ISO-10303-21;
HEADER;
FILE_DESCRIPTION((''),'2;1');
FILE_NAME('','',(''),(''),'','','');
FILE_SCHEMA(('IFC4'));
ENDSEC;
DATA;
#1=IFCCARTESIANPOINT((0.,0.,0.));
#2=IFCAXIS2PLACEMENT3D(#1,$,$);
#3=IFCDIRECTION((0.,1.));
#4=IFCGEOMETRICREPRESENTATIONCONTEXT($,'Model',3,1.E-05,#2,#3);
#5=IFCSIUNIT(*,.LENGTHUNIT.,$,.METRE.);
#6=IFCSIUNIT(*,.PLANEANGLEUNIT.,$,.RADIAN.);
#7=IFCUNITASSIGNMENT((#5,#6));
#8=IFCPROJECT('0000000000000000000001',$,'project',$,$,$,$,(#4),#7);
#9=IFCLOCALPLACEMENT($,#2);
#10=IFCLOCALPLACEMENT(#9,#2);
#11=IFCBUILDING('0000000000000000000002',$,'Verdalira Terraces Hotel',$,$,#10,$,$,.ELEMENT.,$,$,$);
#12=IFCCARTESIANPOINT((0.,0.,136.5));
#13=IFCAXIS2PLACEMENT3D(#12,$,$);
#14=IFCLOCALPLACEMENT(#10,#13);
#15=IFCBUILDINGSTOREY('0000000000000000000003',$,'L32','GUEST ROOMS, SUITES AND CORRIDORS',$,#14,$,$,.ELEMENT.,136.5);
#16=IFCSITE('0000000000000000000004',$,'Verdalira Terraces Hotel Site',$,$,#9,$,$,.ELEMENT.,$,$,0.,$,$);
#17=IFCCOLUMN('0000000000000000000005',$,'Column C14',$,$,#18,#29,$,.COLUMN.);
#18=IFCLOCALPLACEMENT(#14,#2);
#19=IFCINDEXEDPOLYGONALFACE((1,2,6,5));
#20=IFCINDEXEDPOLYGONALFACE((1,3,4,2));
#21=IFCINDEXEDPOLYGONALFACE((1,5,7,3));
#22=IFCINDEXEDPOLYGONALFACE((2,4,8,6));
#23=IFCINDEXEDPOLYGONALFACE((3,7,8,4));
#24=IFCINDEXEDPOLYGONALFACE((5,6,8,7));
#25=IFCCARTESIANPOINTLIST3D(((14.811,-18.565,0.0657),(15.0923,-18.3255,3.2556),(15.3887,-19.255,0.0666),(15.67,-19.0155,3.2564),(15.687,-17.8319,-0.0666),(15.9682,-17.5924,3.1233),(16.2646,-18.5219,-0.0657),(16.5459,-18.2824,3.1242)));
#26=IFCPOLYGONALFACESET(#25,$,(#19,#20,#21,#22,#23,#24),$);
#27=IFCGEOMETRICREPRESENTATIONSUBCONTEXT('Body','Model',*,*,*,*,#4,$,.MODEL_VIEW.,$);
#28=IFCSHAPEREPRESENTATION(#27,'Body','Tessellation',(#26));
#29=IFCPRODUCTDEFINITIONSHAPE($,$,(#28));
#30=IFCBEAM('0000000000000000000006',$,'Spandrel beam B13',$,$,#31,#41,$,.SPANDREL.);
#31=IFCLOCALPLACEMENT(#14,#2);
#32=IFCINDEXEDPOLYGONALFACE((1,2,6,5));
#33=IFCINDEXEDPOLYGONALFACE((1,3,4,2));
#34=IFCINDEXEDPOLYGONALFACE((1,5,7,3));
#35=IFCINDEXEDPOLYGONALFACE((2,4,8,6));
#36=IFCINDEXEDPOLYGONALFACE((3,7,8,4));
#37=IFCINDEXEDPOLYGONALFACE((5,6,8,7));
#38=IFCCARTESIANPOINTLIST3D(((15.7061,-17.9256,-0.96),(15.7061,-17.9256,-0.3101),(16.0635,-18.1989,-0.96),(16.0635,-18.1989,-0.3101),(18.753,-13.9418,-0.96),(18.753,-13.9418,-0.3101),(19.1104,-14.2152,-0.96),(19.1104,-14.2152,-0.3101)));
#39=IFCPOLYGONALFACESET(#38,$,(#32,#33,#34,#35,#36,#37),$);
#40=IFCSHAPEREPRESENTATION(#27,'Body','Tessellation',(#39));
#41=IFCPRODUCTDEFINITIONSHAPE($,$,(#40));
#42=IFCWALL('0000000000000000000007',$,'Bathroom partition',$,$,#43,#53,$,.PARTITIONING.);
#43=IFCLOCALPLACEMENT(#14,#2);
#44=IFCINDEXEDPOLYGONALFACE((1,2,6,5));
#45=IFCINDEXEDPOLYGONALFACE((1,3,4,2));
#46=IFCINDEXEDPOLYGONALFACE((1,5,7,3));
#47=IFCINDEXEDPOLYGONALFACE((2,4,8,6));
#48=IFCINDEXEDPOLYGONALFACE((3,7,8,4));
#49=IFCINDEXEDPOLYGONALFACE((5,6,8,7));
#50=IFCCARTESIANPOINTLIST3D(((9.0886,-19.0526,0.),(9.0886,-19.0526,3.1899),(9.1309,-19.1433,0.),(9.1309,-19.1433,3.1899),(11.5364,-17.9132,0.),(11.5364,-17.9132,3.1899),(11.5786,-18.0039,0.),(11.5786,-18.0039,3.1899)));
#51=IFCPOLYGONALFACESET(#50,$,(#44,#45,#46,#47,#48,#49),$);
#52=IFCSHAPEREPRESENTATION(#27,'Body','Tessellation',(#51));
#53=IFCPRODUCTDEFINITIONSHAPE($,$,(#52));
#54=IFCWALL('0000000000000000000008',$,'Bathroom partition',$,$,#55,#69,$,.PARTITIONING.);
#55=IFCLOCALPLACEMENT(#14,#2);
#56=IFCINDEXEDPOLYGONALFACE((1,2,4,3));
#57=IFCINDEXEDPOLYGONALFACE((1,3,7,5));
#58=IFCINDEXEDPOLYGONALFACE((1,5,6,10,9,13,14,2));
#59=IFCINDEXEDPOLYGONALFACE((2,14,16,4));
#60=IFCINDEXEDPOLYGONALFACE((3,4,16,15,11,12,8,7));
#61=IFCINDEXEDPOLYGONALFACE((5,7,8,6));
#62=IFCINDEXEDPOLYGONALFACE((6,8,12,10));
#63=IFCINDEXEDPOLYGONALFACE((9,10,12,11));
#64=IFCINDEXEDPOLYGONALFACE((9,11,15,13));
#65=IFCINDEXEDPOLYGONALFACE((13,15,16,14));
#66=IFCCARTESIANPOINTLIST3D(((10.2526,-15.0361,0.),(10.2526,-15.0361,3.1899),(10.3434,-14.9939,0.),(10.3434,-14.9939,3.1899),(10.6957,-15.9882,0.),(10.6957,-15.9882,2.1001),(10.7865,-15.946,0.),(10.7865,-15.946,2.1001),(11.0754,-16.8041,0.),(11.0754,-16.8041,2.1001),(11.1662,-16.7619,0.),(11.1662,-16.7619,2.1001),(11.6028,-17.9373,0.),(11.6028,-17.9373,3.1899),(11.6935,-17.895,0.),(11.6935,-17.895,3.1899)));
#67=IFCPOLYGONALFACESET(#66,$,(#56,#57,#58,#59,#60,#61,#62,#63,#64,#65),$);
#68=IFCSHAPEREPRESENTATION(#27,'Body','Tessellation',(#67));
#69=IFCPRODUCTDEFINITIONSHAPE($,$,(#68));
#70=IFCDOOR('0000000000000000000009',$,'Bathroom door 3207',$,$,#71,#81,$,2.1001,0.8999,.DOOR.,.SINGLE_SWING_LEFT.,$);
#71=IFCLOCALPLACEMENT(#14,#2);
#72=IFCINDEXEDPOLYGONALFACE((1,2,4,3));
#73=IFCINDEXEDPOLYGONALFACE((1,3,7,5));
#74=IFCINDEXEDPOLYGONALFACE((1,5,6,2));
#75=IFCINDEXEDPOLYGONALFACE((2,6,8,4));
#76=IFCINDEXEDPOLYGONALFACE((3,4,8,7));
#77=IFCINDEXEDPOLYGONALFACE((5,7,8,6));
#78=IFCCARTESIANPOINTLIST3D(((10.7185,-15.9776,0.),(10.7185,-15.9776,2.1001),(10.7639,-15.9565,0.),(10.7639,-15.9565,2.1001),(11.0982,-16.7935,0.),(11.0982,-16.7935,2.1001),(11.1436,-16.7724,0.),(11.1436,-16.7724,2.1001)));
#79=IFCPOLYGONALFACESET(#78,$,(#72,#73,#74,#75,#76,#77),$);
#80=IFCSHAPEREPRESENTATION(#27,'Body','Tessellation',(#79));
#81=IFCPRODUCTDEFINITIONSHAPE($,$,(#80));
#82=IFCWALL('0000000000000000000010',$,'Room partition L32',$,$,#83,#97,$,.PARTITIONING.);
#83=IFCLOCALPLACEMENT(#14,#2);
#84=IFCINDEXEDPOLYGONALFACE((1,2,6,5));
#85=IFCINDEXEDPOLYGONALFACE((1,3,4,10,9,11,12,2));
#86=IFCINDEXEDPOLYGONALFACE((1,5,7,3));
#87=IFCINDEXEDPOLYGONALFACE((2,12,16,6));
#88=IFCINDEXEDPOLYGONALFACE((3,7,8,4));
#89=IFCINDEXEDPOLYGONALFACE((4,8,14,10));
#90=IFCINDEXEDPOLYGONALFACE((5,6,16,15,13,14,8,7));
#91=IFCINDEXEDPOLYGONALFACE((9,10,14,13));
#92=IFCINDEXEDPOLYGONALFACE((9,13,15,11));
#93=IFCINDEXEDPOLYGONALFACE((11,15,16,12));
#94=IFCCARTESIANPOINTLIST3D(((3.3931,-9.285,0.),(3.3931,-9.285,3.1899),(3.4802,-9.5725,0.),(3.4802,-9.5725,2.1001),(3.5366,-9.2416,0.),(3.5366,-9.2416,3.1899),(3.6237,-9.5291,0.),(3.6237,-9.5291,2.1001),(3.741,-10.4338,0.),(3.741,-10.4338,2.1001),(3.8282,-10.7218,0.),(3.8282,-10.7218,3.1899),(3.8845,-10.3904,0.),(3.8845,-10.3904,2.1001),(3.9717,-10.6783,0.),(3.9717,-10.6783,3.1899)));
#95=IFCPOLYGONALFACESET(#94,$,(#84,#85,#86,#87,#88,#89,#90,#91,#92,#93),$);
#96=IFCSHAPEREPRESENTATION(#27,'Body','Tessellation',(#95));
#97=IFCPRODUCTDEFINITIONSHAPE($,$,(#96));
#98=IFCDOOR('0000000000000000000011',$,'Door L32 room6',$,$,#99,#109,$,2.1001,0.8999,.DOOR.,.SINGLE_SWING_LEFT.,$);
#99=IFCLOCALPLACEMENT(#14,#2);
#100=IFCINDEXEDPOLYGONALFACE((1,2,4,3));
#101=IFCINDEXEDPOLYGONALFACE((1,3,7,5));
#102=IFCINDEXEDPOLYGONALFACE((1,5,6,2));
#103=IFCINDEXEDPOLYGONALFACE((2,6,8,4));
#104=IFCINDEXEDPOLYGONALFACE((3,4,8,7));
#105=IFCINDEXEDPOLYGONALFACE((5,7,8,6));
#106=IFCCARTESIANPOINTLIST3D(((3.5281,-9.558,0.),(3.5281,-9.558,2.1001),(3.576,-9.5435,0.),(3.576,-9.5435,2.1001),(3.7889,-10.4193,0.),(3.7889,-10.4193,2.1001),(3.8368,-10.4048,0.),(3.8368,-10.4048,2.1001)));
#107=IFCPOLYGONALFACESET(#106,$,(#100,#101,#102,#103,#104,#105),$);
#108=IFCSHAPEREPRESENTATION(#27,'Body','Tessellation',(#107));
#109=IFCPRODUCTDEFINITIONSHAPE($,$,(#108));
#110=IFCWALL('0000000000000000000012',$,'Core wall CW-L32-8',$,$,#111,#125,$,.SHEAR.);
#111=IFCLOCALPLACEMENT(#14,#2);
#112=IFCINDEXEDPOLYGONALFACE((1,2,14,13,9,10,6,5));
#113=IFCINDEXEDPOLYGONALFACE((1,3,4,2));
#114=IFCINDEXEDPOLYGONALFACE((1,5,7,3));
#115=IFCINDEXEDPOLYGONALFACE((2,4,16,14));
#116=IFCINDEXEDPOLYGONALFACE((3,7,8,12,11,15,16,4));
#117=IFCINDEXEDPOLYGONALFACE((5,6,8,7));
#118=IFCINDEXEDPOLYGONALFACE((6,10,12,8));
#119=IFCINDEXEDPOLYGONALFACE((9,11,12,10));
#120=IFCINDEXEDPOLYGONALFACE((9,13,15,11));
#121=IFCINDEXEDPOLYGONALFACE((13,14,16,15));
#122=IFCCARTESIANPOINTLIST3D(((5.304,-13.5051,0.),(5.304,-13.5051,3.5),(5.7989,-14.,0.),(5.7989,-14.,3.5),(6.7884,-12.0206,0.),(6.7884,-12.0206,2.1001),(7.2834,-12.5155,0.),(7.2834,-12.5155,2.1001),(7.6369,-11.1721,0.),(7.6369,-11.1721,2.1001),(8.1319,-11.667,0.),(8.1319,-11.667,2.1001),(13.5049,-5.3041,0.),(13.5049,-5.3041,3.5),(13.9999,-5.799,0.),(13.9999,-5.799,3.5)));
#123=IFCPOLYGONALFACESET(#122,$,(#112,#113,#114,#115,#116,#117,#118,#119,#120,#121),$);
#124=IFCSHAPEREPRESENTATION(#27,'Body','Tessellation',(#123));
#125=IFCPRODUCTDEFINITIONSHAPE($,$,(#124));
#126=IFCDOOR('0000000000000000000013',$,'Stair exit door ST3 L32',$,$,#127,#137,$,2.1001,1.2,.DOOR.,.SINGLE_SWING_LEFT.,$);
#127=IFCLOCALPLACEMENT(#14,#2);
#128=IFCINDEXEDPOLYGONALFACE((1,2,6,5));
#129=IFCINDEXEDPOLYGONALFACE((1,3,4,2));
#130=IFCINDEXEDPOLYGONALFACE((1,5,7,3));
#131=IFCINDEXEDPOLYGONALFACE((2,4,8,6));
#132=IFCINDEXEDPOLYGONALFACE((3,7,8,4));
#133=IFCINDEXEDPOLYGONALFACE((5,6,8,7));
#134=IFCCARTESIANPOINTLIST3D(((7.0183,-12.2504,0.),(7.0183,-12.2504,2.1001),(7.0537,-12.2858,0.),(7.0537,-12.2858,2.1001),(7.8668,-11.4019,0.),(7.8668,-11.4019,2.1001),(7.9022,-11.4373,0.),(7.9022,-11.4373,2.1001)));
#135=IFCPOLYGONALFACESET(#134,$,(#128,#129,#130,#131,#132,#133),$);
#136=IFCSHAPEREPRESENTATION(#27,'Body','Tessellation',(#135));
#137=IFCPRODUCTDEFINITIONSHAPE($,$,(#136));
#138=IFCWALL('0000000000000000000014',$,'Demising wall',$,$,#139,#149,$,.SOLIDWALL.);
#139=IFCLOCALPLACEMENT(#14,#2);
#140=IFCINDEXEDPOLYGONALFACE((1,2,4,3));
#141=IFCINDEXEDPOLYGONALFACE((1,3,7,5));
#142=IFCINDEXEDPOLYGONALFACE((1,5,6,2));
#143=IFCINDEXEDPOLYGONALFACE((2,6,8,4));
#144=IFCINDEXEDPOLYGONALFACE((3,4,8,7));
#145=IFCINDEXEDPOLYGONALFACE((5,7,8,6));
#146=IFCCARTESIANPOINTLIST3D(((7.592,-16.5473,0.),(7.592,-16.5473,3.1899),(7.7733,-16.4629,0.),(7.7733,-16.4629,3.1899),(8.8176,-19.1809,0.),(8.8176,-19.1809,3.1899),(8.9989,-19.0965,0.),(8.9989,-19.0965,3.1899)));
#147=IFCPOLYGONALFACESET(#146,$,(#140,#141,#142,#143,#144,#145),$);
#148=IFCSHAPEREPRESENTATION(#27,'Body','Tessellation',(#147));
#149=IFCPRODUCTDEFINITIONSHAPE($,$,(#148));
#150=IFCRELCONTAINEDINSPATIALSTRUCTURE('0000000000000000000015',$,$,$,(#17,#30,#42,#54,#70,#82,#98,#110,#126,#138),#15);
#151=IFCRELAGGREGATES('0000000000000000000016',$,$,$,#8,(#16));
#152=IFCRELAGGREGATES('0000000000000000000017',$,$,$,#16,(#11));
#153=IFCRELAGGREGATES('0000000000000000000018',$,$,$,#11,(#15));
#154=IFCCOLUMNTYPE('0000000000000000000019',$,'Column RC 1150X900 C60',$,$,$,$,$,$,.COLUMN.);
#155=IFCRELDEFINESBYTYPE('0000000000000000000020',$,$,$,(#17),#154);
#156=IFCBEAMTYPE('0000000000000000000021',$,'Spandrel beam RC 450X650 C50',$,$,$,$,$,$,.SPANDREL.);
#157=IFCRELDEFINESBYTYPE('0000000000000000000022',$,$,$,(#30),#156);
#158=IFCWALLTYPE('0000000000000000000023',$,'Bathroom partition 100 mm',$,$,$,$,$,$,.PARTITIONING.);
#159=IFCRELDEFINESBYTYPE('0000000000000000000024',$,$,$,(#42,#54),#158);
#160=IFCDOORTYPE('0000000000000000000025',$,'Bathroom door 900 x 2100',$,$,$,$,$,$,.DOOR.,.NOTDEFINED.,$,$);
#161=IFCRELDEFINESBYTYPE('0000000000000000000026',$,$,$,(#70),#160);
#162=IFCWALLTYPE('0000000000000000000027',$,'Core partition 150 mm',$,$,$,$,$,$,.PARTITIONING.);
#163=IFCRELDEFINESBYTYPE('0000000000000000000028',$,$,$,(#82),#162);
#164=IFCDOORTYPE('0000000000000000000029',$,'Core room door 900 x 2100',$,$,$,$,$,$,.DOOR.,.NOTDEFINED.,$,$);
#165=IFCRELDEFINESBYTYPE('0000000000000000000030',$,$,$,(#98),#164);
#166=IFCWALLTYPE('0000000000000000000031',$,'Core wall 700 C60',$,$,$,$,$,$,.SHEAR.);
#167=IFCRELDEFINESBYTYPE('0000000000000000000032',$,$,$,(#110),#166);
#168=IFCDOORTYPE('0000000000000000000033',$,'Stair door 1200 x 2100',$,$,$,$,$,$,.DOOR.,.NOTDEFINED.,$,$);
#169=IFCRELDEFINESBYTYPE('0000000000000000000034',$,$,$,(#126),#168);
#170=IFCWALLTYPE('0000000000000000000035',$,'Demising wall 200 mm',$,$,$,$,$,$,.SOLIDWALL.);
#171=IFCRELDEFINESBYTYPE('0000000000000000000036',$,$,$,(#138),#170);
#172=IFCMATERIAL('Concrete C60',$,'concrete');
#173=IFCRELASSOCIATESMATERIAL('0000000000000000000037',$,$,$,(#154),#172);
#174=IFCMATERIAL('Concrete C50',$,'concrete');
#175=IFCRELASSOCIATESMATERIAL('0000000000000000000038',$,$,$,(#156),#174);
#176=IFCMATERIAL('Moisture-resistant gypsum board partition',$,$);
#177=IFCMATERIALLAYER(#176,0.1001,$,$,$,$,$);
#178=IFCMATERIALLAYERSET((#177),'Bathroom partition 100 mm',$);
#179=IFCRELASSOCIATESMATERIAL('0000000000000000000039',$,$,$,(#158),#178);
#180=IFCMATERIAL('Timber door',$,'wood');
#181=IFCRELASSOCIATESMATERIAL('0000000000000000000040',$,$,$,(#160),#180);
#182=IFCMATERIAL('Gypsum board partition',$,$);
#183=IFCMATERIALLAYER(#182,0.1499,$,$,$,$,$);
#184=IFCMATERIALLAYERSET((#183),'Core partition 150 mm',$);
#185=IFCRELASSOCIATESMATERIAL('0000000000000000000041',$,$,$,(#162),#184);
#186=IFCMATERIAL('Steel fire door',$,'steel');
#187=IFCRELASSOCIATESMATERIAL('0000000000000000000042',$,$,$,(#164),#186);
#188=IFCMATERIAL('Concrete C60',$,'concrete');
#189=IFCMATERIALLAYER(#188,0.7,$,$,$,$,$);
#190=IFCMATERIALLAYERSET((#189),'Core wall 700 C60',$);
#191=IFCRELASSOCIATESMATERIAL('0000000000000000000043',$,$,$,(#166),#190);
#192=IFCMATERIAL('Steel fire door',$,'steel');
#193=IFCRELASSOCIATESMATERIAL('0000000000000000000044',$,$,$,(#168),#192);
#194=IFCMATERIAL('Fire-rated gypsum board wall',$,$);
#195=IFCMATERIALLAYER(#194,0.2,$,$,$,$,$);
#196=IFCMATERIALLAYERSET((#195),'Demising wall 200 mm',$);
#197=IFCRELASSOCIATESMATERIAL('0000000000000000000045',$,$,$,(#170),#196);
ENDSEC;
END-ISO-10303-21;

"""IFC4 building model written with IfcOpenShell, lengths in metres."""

from ifc_helpers import new_model, si_unit, direction, frame, frame_2d, origin, origin_2d, place, context, subcontext, project, spatial, rectangle, extrude, material, layer, layer_set, material_profile, profile_set, type_object, element, fill, save


model = new_model("IFC4")

# Units and contexts
model_context = context("Model", 3, precision=1e-05, world=origin(), true_north=direction((0.0, 1.0)))
body_context = subcontext(model_context, "Body", "Model", "MODEL_VIEW")
ifc_project = project(units=[si_unit("LENGTHUNIT", "METRE"), si_unit("PLANEANGLEUNIT", "RADIAN")], contexts=[model_context])

# Site, building, storey
site_placement = place(None, origin())
site = spatial("IfcSite", under=ifc_project, at=site_placement, Name="Verdalira Terraces Hotel Site", CompositionType="ELEMENT", RefElevation=0.0)
building_placement = place(site_placement, origin())
building = spatial("IfcBuilding", under=site, at=building_placement, Name="Verdalira Terraces Hotel", CompositionType="ELEMENT")
storey_placement = place(building_placement, frame((0.0, 0.0, 136.5)))
storey = spatial("IfcBuildingStorey", under=building, at=storey_placement, Name="L32", Description="GUEST ROOMS, SUITES AND CORRIDORS", CompositionType="ELEMENT", Elevation=136.5)

# Column
ifc_material_1 = material(Name="Concrete C60", Category="concrete")
ifc_material_profile_1 = material_profile(ifc_material_1, rectangle(XDim=1.1499, YDim=0.8999, at=origin_2d()), Name="RC 1150X900")
ifc_profile_set_1 = profile_set([ifc_material_profile_1], Name="Concrete C60")
column_type = type_object("IfcColumnType", Name="Column RC 1150X900 C60", PredefinedType="COLUMN", material=ifc_profile_set_1)
column_placement = place(storey_placement, frame((15.5378, -18.5435, 0.0), z_axis=(0.087582, 0.074582, 0.993361), x_axis=(-0.761738, -0.637591, 0.115031)))
element("IfcColumn", 1, at=column_placement, inside=storey, type_object=column_type, Name="Column C14", PredefinedType="COLUMN", context=body_context, shape_type="SweptSolid", body=[
    extrude(rectangle(XDim=1.1499, YDim=0.8999, at=origin_2d()), origin(), (0.0, 0.0, 1.0), 3.2112),
])

# Beam
ifc_material_2 = material(Name="Concrete C50", Category="concrete")
ifc_material_profile_2 = material_profile(ifc_material_2, rectangle(XDim=0.45, YDim=0.6499, at=origin_2d()), Name="RC 450X650")
ifc_profile_set_2 = profile_set([ifc_material_profile_2], Name="Concrete C50")
beam_type = type_object("IfcBeamType", Name="Spandrel beam RC 450X650 C50", PredefinedType="SPANDREL", material=ifc_profile_set_2)
beam_placement = place(storey_placement, frame((15.8848, -18.0623, -0.635), z_axis=(0.607521, 0.794304, 0.0), x_axis=(-0.794304, 0.607521, 0.0)))
element("IfcBeam", 2, at=beam_placement, inside=storey, type_object=beam_type, Name="Spandrel beam B13", PredefinedType="SPANDREL", context=body_context, shape_type="SweptSolid", body=[
    extrude(rectangle(XDim=0.45, YDim=0.6499, at=origin_2d()), origin(), (0.0, 0.0, 1.0), 5.0154),
])

# Wall
ifc_material_3 = material(Name="Moisture-resistant gypsum board partition")
ifc_layer_1 = layer(ifc_material_3, 0.1001)
ifc_layer_set_1 = layer_set([ifc_layer_1], Name="Bathroom partition 100 mm")
wall_type_1 = type_object("IfcWallType", Name="Bathroom partition 100 mm", PredefinedType="PARTITIONING", material=ifc_layer_set_1)
wall_1_placement = place(storey_placement, frame((11.5576, -17.9585, 0.0), z_axis=(0.0, 0.0, 1.0), x_axis=(-0.906592, -0.422009, 0.0)))
element("IfcWall", 3, at=wall_1_placement, inside=storey, type_object=wall_type_1, Name="Bathroom partition", PredefinedType="PARTITIONING", context=body_context, shape_type="SweptSolid", body=[
    extrude(rectangle(XDim=2.7, YDim=0.1001, at=frame_2d((1.3501, 0.0))), origin(), (0.0, 0.0, 1.0), 3.1899),
])

# Walls, openings, doors
wall_2_placement = place(storey_placement, frame((11.6482, -17.9163, 0.0), z_axis=(0.0, 0.0, 1.0), x_axis=(-0.42192, 0.906633, 0.0)))
wall_2 = element("IfcWall", 4, at=wall_2_placement, inside=storey, type_object=wall_type_1, Name="Bathroom partition", PredefinedType="PARTITIONING", context=body_context, shape_type="SweptSolid", body=[
    extrude(rectangle(XDim=3.2, YDim=0.1001, at=frame_2d((1.6001, 0.0))), origin(), (0.0, 0.0, 1.0), 3.1899),
])
opening_1_placement = place(wall_2_placement, frame((1.25, 0.0, 0.0)))
opening_1 = element("IfcOpeningElement", 5, at=opening_1_placement, cuts=wall_2, PredefinedType="OPENING", context=body_context, shape_type="SweptSolid", body=[
    extrude(rectangle(XDim=0.8999, YDim=2.1001, at=frame_2d((0.45, 1.05))), frame((0.0, 0.0601, 0.0), z_axis=(0.0, -1.0, 0.0), x_axis=(1.0, 0.0, 0.0)), (0.0, 0.0, 1.0), 0.1201),
])
ifc_material_4 = material(Name="Timber door", Category="wood")
door_type_1 = type_object("IfcDoorType", Name="Bathroom door 900 x 2100", OperationType="NOTDEFINED", PredefinedType="DOOR", material=ifc_material_4)
door_1_placement = place(opening_1_placement, origin())
door_1 = element("IfcDoor", 6, at=door_1_placement, inside=storey, type_object=door_type_1, Name="Bathroom door 3207", OperationType="SINGLE_SWING_LEFT", OverallHeight=2.1001, OverallWidth=0.8999, PredefinedType="DOOR", context=body_context, shape_type="SweptSolid", body=[
    extrude(rectangle(XDim=0.8999, YDim=2.1001, at=frame_2d((0.45, 1.05))), frame((0.0, 0.0249, 0.0), z_axis=(0.0, -1.0, 0.0), x_axis=(1.0, 0.0, 0.0)), (0.0, 0.0, 1.0), 0.05),
])
fill(opening_1, door_1)
ifc_material_5 = material(Name="Gypsum board partition")
ifc_layer_2 = layer(ifc_material_5, 0.1499)
ifc_layer_set_2 = layer_set([ifc_layer_2], Name="Core partition 150 mm")
wall_type_2 = type_object("IfcWallType", Name="Core partition 150 mm", PredefinedType="PARTITIONING", material=ifc_layer_set_2)
wall_3_placement = place(storey_placement, frame((3.8999, -10.7, 0.0), z_axis=(0.0, 0.0, 1.0), x_axis=(-0.289809, 0.957085, 0.0)))
wall_3 = element("IfcWall", 7, at=wall_3_placement, inside=storey, type_object=wall_type_2, Name="Room partition L32", PredefinedType="PARTITIONING", context=body_context, shape_type="SweptSolid", body=[
    extrude(rectangle(XDim=1.5012, YDim=0.1499, at=frame_2d((0.7505, 0.0))), origin(), (0.0, 0.0, 1.0), 3.1899),
])
opening_2_placement = place(wall_3_placement, frame((0.3008, 0.0, 0.0)))
opening_2 = element("IfcOpeningElement", 8, at=opening_2_placement, cuts=wall_3, PredefinedType="OPENING", context=body_context, shape_type="SweptSolid", body=[
    extrude(rectangle(XDim=0.8999, YDim=2.1001, at=frame_2d((0.45, 1.05))), frame((0.0, 0.085, 0.0), z_axis=(0.0, -1.0, 0.0), x_axis=(1.0, 0.0, 0.0)), (0.0, 0.0, 1.0), 0.1699),
])
ifc_material_6 = material(Name="Steel fire door", Category="steel")
door_type_2 = type_object("IfcDoorType", Name="Core room door 900 x 2100", OperationType="NOTDEFINED", PredefinedType="DOOR", material=ifc_material_6)
door_2_placement = place(opening_2_placement, origin())
door_2 = element("IfcDoor", 9, at=door_2_placement, inside=storey, type_object=door_type_2, Name="Door L32 room6", OperationType="SINGLE_SWING_LEFT", OverallHeight=2.1001, OverallWidth=0.8999, PredefinedType="DOOR", context=body_context, shape_type="SweptSolid", body=[
    extrude(rectangle(XDim=0.8999, YDim=2.1001, at=frame_2d((0.45, 1.05))), frame((0.0, 0.0249, 0.0), z_axis=(0.0, -1.0, 0.0), x_axis=(1.0, 0.0, 0.0)), (0.0, 0.0, 1.0), 0.05),
])
fill(opening_2, door_2)
ifc_material_7 = material(Name="Concrete C60", Category="concrete")
ifc_layer_3 = layer(ifc_material_7, 0.7)
ifc_layer_set_3 = layer_set([ifc_layer_3], Name="Core wall 700 C60")
wall_type_3 = type_object("IfcWallType", Name="Core wall 700 C60", PredefinedType="SHEAR", material=ifc_layer_set_3)
wall_4_placement = place(storey_placement, frame((5.5515, -13.7524, 0.0), z_axis=(0.0, 0.0, 1.0), x_axis=(0.707107, 0.707107, 0.0)))
wall_4 = element("IfcWall", 10, at=wall_4_placement, inside=storey, type_object=wall_type_3, Name="Core wall CW-L32-8", PredefinedType="SHEAR", context=body_context, shape_type="SweptSolid", body=[
    extrude(rectangle(XDim=11.5979, YDim=0.7, at=frame_2d((5.7988, 0.0))), origin(), (0.0, 0.0, 1.0), 3.5),
])
opening_3_placement = place(wall_4_placement, frame((2.0991, 0.0, 0.0)))
opening_3 = element("IfcOpeningElement", 11, at=opening_3_placement, cuts=wall_4, PredefinedType="OPENING", context=body_context, shape_type="SweptSolid", body=[
    extrude(rectangle(XDim=1.2, YDim=2.1001, at=frame_2d((0.6001, 1.05))), frame((0.0, 0.3599, 0.0), z_axis=(0.0, -1.0, 0.0), x_axis=(1.0, 0.0, 0.0)), (0.0, 0.0, 1.0), 0.72),
])
ifc_material_8 = material(Name="Steel fire door", Category="steel")
door_type_3 = type_object("IfcDoorType", Name="Stair door 1200 x 2100", OperationType="NOTDEFINED", PredefinedType="DOOR", material=ifc_material_8)
door_3_placement = place(opening_3_placement, origin())
door_3 = element("IfcDoor", 12, at=door_3_placement, inside=storey, type_object=door_type_3, Name="Stair exit door ST3 L32", OperationType="SINGLE_SWING_LEFT", OverallHeight=2.1001, OverallWidth=1.2, PredefinedType="DOOR", context=body_context, shape_type="SweptSolid", body=[
    extrude(rectangle(XDim=1.2, YDim=2.1001, at=frame_2d((0.6001, 1.05))), frame((0.0, 0.0249, 0.0), z_axis=(0.0, -1.0, 0.0), x_axis=(1.0, 0.0, 0.0)), (0.0, 0.0, 1.0), 0.05),
])
fill(opening_3, door_3)

# Wall
ifc_material_9 = material(Name="Fire-rated gypsum board wall")
ifc_layer_4 = layer(ifc_material_9, 0.2)
ifc_layer_set_4 = layer_set([ifc_layer_4], Name="Demising wall 200 mm")
wall_type_4 = type_object("IfcWallType", Name="Demising wall 200 mm", PredefinedType="SOLIDWALL", material=ifc_layer_set_4)
wall_5_placement = place(storey_placement, frame((7.6826, -16.5051, 0.0), z_axis=(0.0, 0.0, 1.0), x_axis=(0.421924, -0.906631, 0.0)))
element("IfcWall", 13, at=wall_5_placement, inside=storey, type_object=wall_type_4, Name="Demising wall", PredefinedType="SOLIDWALL", context=body_context, shape_type="SweptSolid", body=[
    extrude(rectangle(XDim=2.9048, YDim=0.2, at=frame_2d((1.4524, 0.0))), origin(), (0.0, 0.0, 1.0), 3.1899),
])

save(model, "model.ifc")
